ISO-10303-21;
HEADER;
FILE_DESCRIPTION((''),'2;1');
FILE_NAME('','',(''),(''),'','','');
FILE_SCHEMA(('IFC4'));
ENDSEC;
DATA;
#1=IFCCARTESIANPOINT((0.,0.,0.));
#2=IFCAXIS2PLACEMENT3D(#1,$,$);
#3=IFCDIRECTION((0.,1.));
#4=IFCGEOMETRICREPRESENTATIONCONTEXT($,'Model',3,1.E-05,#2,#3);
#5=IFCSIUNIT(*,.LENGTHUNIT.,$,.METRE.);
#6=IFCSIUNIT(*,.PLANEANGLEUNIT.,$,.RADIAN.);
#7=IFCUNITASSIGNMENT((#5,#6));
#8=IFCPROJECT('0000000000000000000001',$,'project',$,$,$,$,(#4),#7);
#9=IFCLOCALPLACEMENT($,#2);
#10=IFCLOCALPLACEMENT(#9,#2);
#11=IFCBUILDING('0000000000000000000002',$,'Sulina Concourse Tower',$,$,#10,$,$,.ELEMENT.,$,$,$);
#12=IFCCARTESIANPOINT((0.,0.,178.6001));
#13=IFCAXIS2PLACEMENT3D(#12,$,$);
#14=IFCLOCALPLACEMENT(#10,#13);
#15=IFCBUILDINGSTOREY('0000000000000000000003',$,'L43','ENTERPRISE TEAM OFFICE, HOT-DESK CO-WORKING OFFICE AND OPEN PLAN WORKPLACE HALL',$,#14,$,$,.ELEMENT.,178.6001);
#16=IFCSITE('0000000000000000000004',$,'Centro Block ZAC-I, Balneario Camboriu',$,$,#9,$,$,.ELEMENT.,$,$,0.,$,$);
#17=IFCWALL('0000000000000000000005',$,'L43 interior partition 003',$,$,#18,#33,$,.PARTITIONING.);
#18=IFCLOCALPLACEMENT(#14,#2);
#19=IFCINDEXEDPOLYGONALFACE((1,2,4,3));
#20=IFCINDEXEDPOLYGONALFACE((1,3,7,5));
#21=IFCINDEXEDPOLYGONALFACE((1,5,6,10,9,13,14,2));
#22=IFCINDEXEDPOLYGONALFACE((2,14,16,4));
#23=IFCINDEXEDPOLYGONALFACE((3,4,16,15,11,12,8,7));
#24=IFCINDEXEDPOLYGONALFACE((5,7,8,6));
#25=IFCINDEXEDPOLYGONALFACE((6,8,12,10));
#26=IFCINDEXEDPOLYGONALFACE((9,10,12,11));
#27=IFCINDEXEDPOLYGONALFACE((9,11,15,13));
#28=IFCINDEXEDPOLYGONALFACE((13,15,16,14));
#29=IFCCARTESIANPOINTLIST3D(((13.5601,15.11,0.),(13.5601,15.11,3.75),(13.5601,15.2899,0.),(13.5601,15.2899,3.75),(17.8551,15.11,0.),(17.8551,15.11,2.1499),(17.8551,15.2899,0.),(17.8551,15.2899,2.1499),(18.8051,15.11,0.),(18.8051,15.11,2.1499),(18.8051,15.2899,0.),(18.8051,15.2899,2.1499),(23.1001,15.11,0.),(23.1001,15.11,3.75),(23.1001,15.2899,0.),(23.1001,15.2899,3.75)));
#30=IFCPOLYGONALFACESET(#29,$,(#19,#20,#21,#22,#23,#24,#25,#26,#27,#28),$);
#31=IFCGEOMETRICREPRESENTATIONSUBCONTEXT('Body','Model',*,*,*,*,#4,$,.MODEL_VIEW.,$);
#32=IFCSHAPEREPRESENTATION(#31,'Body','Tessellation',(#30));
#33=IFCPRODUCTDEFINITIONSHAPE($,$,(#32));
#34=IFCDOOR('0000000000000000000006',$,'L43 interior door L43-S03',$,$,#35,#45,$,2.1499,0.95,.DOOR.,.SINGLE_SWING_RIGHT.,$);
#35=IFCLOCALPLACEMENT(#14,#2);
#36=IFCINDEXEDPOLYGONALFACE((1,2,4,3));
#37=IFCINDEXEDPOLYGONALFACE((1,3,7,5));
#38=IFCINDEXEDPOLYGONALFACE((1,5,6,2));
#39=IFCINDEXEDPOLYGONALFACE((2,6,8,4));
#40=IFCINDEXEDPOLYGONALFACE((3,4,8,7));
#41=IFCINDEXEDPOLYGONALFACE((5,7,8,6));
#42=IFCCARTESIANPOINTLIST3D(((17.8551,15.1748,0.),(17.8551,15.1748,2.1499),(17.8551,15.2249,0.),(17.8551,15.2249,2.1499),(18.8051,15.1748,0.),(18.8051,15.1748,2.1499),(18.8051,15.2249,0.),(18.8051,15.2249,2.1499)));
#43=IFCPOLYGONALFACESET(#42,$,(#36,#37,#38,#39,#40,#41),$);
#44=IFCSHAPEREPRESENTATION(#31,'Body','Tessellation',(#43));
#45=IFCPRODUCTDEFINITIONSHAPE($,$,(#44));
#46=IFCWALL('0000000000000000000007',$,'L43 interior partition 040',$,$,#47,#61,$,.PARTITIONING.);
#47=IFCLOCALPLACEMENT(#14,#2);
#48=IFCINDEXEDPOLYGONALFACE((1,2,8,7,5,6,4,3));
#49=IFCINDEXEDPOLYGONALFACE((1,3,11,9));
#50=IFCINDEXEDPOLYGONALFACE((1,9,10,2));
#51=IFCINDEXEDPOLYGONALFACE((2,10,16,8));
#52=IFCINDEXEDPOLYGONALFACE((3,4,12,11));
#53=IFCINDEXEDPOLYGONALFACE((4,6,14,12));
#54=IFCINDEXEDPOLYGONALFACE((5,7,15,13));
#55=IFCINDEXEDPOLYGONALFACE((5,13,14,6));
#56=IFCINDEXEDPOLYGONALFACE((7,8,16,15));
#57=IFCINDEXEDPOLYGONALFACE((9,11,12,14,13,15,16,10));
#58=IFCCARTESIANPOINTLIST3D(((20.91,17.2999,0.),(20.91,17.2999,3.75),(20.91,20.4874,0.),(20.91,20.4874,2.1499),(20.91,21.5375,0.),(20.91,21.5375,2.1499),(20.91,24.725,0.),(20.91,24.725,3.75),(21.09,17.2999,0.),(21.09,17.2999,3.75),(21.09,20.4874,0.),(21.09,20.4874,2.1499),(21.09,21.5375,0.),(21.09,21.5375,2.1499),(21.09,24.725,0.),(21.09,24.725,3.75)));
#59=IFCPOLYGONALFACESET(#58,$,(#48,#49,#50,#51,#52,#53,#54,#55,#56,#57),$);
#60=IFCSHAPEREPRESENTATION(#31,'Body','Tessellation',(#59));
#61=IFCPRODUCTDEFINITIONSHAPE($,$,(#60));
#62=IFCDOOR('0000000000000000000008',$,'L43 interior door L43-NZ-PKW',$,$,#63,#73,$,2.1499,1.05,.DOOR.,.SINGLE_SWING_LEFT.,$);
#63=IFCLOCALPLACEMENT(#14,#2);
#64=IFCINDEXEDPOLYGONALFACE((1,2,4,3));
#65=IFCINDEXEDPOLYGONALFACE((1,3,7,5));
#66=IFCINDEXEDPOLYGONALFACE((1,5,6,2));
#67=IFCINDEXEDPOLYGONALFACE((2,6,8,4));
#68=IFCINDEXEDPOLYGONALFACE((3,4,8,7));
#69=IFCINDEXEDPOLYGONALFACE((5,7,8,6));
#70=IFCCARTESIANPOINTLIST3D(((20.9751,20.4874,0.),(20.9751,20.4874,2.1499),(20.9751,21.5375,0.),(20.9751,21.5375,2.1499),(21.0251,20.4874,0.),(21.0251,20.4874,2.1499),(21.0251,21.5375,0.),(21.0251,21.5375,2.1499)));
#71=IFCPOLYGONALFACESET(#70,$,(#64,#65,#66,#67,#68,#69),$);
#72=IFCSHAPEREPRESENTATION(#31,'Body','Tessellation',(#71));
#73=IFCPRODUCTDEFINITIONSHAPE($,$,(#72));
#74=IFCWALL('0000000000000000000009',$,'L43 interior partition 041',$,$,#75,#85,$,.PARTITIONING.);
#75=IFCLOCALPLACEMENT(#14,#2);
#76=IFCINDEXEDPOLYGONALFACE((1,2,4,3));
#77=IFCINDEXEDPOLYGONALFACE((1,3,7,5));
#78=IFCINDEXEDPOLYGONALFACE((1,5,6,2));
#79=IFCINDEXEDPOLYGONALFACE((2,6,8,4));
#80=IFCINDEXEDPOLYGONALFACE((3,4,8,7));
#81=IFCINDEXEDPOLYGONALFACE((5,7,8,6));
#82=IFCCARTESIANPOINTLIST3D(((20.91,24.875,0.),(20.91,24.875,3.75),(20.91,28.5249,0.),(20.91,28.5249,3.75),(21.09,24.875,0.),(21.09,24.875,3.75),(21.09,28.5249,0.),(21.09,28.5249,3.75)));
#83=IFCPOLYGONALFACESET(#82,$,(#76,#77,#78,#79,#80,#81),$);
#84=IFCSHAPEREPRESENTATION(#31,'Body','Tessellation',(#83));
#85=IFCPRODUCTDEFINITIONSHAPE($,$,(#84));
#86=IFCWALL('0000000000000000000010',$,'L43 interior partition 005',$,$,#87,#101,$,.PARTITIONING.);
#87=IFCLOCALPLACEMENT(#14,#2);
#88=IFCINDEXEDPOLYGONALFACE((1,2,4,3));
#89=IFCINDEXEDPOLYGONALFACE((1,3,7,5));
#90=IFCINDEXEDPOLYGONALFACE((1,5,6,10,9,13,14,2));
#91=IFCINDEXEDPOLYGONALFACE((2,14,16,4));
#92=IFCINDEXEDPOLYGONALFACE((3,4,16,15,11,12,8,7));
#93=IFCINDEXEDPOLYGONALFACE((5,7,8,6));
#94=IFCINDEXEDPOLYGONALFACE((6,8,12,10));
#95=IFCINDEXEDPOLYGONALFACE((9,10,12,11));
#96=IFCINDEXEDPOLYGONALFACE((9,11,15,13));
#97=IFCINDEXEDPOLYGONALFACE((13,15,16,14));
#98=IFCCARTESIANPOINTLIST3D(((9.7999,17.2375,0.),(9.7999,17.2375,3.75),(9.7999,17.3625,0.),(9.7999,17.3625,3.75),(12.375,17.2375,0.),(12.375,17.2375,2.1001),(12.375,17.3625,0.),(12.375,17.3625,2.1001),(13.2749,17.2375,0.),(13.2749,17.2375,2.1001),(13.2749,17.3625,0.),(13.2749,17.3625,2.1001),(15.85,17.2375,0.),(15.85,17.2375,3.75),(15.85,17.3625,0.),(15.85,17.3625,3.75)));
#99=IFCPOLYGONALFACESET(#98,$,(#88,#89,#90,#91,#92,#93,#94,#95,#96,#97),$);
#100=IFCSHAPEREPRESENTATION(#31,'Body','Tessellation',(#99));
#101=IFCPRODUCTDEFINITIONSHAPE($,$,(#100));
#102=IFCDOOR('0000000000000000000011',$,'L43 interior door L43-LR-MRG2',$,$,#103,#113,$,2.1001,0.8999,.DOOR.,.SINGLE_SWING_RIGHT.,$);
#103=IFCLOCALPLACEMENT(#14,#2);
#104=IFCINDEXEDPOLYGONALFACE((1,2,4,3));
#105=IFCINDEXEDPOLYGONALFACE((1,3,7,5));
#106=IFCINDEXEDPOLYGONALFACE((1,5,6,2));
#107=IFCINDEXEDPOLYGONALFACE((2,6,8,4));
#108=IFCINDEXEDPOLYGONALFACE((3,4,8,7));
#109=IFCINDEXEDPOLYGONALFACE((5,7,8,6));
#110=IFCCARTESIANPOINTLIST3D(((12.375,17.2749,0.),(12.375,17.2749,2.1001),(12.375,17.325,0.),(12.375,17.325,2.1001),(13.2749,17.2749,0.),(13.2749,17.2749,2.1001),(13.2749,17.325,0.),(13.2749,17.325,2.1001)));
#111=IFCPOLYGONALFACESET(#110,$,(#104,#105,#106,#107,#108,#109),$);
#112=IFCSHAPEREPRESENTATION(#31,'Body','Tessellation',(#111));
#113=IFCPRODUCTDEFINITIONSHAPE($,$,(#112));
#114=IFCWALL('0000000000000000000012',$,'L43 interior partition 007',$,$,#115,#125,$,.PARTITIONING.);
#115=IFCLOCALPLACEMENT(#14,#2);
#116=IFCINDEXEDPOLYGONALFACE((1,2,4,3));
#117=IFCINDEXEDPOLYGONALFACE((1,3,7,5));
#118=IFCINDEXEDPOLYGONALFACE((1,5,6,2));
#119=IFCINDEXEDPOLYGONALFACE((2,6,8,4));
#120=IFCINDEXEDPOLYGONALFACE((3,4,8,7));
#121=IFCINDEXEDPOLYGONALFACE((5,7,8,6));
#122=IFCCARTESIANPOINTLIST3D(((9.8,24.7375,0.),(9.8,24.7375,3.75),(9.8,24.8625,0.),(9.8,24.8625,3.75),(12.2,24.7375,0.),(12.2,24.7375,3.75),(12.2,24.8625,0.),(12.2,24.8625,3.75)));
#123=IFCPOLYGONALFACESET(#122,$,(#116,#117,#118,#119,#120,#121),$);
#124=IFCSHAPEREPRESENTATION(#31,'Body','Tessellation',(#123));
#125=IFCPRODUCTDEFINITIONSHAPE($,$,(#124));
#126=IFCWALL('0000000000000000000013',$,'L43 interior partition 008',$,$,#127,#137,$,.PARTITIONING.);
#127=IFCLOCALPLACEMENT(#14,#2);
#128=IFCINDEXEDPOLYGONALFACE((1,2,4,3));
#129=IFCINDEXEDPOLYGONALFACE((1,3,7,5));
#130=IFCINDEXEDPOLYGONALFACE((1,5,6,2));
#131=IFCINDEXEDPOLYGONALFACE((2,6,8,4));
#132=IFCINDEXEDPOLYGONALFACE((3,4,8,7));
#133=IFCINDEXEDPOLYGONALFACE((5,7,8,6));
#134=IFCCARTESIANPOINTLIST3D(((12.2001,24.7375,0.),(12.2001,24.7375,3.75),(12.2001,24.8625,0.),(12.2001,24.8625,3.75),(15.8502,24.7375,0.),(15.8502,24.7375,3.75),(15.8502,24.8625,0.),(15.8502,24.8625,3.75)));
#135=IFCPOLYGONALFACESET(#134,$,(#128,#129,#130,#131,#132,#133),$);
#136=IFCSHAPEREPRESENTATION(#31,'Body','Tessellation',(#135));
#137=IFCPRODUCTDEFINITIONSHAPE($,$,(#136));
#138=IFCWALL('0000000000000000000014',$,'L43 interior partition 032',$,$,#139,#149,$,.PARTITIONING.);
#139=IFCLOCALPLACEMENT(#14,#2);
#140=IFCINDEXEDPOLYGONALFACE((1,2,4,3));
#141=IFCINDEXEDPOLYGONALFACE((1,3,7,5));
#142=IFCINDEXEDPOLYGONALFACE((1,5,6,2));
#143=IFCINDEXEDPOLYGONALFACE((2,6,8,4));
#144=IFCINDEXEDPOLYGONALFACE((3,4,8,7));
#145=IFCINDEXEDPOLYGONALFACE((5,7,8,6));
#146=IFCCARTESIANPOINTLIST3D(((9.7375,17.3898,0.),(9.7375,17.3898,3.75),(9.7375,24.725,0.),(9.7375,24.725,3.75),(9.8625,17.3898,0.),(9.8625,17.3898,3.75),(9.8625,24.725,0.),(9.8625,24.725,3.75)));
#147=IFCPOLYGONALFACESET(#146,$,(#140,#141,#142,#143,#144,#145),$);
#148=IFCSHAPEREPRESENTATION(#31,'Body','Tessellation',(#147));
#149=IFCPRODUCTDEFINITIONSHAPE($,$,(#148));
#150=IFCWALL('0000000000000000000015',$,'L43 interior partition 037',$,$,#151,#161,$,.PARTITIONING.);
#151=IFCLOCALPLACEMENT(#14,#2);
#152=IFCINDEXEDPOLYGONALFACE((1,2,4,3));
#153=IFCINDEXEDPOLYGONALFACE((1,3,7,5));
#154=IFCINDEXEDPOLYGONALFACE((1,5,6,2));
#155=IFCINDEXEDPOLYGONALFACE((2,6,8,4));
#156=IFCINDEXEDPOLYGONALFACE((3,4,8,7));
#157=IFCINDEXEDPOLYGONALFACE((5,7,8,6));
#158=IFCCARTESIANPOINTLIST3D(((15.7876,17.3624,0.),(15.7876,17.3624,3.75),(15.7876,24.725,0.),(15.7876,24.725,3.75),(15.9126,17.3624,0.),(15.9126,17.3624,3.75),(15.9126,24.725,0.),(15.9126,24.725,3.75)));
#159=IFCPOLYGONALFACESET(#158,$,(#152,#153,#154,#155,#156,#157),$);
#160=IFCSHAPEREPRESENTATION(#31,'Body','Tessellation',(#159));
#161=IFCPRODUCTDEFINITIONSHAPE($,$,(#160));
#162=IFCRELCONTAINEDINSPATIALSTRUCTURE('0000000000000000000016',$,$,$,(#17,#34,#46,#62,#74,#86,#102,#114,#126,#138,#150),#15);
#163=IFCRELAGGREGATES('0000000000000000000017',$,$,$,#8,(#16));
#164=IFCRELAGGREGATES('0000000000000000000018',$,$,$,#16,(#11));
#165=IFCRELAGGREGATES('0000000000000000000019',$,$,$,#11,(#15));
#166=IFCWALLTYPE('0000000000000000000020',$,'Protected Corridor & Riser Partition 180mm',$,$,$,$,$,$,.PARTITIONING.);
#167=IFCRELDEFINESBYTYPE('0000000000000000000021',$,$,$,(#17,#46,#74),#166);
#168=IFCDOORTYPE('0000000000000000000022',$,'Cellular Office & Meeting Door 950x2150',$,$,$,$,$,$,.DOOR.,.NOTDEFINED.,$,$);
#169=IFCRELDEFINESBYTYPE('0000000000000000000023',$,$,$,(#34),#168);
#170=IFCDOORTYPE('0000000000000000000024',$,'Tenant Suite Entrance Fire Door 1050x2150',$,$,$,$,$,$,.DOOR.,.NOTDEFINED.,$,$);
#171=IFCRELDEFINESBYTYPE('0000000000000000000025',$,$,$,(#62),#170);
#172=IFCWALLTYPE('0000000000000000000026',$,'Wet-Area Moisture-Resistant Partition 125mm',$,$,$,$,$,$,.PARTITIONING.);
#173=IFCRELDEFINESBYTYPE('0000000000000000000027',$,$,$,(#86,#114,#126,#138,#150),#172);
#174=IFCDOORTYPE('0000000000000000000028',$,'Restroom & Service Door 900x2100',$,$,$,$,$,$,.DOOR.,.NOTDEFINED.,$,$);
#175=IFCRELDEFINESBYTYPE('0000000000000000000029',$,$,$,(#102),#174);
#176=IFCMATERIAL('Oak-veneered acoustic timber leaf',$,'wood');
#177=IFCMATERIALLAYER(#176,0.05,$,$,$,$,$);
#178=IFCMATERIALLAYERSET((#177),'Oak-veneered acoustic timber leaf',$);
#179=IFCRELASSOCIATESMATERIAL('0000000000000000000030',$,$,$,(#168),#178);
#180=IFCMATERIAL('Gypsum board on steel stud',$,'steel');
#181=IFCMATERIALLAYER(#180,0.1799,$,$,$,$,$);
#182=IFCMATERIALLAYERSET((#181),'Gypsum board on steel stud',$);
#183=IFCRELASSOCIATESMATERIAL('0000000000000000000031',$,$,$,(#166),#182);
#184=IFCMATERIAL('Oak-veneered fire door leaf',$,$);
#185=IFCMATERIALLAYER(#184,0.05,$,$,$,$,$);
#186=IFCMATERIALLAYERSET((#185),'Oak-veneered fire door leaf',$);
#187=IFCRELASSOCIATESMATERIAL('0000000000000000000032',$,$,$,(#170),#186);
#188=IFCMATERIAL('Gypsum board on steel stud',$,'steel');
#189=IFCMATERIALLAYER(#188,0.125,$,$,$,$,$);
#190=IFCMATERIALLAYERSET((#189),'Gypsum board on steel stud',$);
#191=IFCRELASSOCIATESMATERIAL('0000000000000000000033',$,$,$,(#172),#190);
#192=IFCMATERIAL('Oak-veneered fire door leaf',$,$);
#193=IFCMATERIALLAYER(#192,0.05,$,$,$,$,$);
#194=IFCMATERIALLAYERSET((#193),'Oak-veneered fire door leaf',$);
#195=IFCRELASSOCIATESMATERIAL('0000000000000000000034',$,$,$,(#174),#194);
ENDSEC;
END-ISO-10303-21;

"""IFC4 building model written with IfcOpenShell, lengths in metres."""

from ifc_helpers import new_model, si_unit, direction, frame, frame_2d, origin, place, context, subcontext, project, spatial, rectangle, extrude, material, layer, layer_set, type_object, element, fill, save


model = new_model("IFC4")

# Units and contexts
model_context = context("Model", 3, precision=1e-05, world=origin(), true_north=direction((0.0, 1.0)))
body_context = subcontext(model_context, "Body", "Model", "MODEL_VIEW")
ifc_project = project(units=[si_unit("LENGTHUNIT", "METRE"), si_unit("PLANEANGLEUNIT", "RADIAN")], contexts=[model_context])

# Site, building, storey
site_placement = place(None, origin())
site = spatial("IfcSite", under=ifc_project, at=site_placement, Name="Centro Block ZAC-I, Balneario Camboriu", CompositionType="ELEMENT", RefElevation=0.0)
building_placement = place(site_placement, origin())
building = spatial("IfcBuilding", under=site, at=building_placement, Name="Sulina Concourse Tower", CompositionType="ELEMENT")
storey_placement = place(building_placement, frame((0.0, 0.0, 178.6001)))
storey = spatial("IfcBuildingStorey", under=building, at=storey_placement, Name="L43", Description="ENTERPRISE TEAM OFFICE, HOT-DESK CO-WORKING OFFICE AND OPEN PLAN WORKPLACE HALL", CompositionType="ELEMENT", Elevation=178.6001)

# Walls, openings, doors
ifc_material_1 = material(Name="Oak-veneered acoustic timber leaf", Category="wood")
ifc_layer_1 = layer(ifc_material_1, 0.05)
ifc_layer_set_1 = layer_set([ifc_layer_1], Name="Oak-veneered acoustic timber leaf")
door_type_1 = type_object("IfcDoorType", Name="Cellular Office & Meeting Door 950x2150", OperationType="NOTDEFINED", PredefinedType="DOOR", material=ifc_layer_set_1)
ifc_material_2 = material(Name="Gypsum board on steel stud", Category="steel")
ifc_layer_2 = layer(ifc_material_2, 0.1799)
ifc_layer_set_2 = layer_set([ifc_layer_2], Name="Gypsum board on steel stud")
wall_type_1 = type_object("IfcWallType", Name="Protected Corridor & Riser Partition 180mm", PredefinedType="PARTITIONING", material=ifc_layer_set_2)
wall_1_placement = place(storey_placement, frame((13.5601, 15.2, 0.0), z_axis=(0.0, 0.0, 1.0), x_axis=(1.0, 0.0, 0.0)))
wall_1 = element("IfcWall", 1, at=wall_1_placement, inside=storey, type_object=wall_type_1, Name="L43 interior partition 003", PredefinedType="PARTITIONING", context=body_context, shape_type="SweptSolid", body=[
    extrude(rectangle(XDim=9.54, YDim=0.1799, at=frame_2d((4.77, 0.0))), origin(), (0.0, 0.0, 1.0), 3.75),
])
opening_1_placement = place(wall_1_placement, frame((4.2949, 0.0, 0.0)))
opening_1 = element("IfcOpeningElement", 2, at=opening_1_placement, cuts=wall_1, PredefinedType="OPENING", context=body_context, shape_type="SweptSolid", body=[
    extrude(rectangle(XDim=0.95, YDim=2.1499, at=frame_2d((0.4751, 1.075))), frame((0.0, 0.0999, 0.0), z_axis=(0.0, -1.0, 0.0), x_axis=(1.0, 0.0, 0.0)), (0.0, 0.0, 1.0), 0.2),
])
door_1_placement = place(opening_1_placement, origin())
door_1 = element("IfcDoor", 3, at=door_1_placement, inside=storey, type_object=door_type_1, Name="L43 interior door L43-S03", OperationType="SINGLE_SWING_RIGHT", OverallHeight=2.1499, OverallWidth=0.95, PredefinedType="DOOR", context=body_context, shape_type="SweptSolid", body=[
    extrude(rectangle(XDim=0.95, YDim=2.1499, at=frame_2d((0.4751, 1.075))), frame((0.0, 0.0249, 0.0), z_axis=(0.0, -1.0, 0.0), x_axis=(1.0, 0.0, 0.0)), (0.0, 0.0, 1.0), 0.05),
])
fill(opening_1, door_1)
wall_2_placement = place(storey_placement, frame((21.0, 17.3, 0.0), z_axis=(0.0, 0.0, 1.0), x_axis=(0.0, 1.0, 0.0)))
wall_2 = element("IfcWall", 4, at=wall_2_placement, inside=storey, type_object=wall_type_1, Name="L43 interior partition 040", PredefinedType="PARTITIONING", context=body_context, shape_type="SweptSolid", body=[
    extrude(rectangle(XDim=7.425, YDim=0.1799, at=frame_2d((3.7124, 0.0))), origin(), (0.0, 0.0, 1.0), 3.75),
])
opening_2_placement = place(wall_2_placement, frame((3.1875, 0.0, 0.0)))
opening_2 = element("IfcOpeningElement", 5, at=opening_2_placement, cuts=wall_2, PredefinedType="OPENING", context=body_context, shape_type="SweptSolid", body=[
    extrude(rectangle(XDim=1.05, YDim=2.1499, at=frame_2d((0.5249, 1.075))), frame((0.0, 0.0999, 0.0), z_axis=(0.0, -1.0, 0.0), x_axis=(1.0, 0.0, 0.0)), (0.0, 0.0, 1.0), 0.2),
])
ifc_material_3 = material(Name="Oak-veneered fire door leaf")
ifc_layer_3 = layer(ifc_material_3, 0.05)
ifc_layer_set_3 = layer_set([ifc_layer_3], Name="Oak-veneered fire door leaf")
door_type_2 = type_object("IfcDoorType", Name="Tenant Suite Entrance Fire Door 1050x2150", OperationType="NOTDEFINED", PredefinedType="DOOR", material=ifc_layer_set_3)
door_2_placement = place(opening_2_placement, origin())
door_2 = element("IfcDoor", 6, at=door_2_placement, inside=storey, type_object=door_type_2, Name="L43 interior door L43-NZ-PKW", OperationType="SINGLE_SWING_LEFT", OverallHeight=2.1499, OverallWidth=1.05, PredefinedType="DOOR", context=body_context, shape_type="SweptSolid", body=[
    extrude(rectangle(XDim=1.05, YDim=2.1499, at=frame_2d((0.5249, 1.075))), frame((0.0, 0.0249, 0.0), z_axis=(0.0, -1.0, 0.0), x_axis=(1.0, 0.0, 0.0)), (0.0, 0.0, 1.0), 0.05),
])
fill(opening_2, door_2)

# Wall
wall_3_placement = place(storey_placement, frame((21.0, 24.875, 0.0), z_axis=(0.0, 0.0, 1.0), x_axis=(0.0, 1.0, 0.0)))
element("IfcWall", 7, at=wall_3_placement, inside=storey, type_object=wall_type_1, Name="L43 interior partition 041", PredefinedType="PARTITIONING", context=body_context, shape_type="SweptSolid", body=[
    extrude(rectangle(XDim=3.6499, YDim=0.1799, at=frame_2d((1.825, 0.0))), origin(), (0.0, 0.0, 1.0), 3.75),
])

# Wall, opening, door
ifc_material_4 = material(Name="Gypsum board on steel stud", Category="steel")
ifc_layer_4 = layer(ifc_material_4, 0.125)
ifc_layer_set_4 = layer_set([ifc_layer_4], Name="Gypsum board on steel stud")
wall_type_2 = type_object("IfcWallType", Name="Wet-Area Moisture-Resistant Partition 125mm", PredefinedType="PARTITIONING", material=ifc_layer_set_4)
wall_4_placement = place(storey_placement, frame((9.8, 17.3, 0.0), z_axis=(0.0, 0.0, 1.0), x_axis=(1.0, 0.0, 0.0)))
wall_4 = element("IfcWall", 8, at=wall_4_placement, inside=storey, type_object=wall_type_2, Name="L43 interior partition 005", PredefinedType="PARTITIONING", context=body_context, shape_type="SweptSolid", body=[
    extrude(rectangle(XDim=6.05, YDim=0.125, at=frame_2d((3.0249, 0.0))), origin(), (0.0, 0.0, 1.0), 3.75),
])
opening_3_placement = place(wall_4_placement, frame((2.575, 0.0, 0.0)))
opening_3 = element("IfcOpeningElement", 9, at=opening_3_placement, cuts=wall_4, PredefinedType="OPENING", context=body_context, shape_type="SweptSolid", body=[
    extrude(rectangle(XDim=0.8999, YDim=2.1001, at=frame_2d((0.45, 1.05))), frame((0.0, 0.0725, 0.0), z_axis=(0.0, -1.0, 0.0), x_axis=(1.0, 0.0, 0.0)), (0.0, 0.0, 1.0), 0.145),
])
ifc_material_5 = material(Name="Oak-veneered fire door leaf")
ifc_layer_5 = layer(ifc_material_5, 0.05)
ifc_layer_set_5 = layer_set([ifc_layer_5], Name="Oak-veneered fire door leaf")
door_type_3 = type_object("IfcDoorType", Name="Restroom & Service Door 900x2100", OperationType="NOTDEFINED", PredefinedType="DOOR", material=ifc_layer_set_5)
door_3_placement = place(opening_3_placement, origin())
door_3 = element("IfcDoor", 10, at=door_3_placement, inside=storey, type_object=door_type_3, Name="L43 interior door L43-LR-MRG2", OperationType="SINGLE_SWING_RIGHT", OverallHeight=2.1001, OverallWidth=0.8999, PredefinedType="DOOR", context=body_context, shape_type="SweptSolid", body=[
    extrude(rectangle(XDim=0.8999, YDim=2.1001, at=frame_2d((0.45, 1.05))), frame((0.0, 0.0249, 0.0), z_axis=(0.0, -1.0, 0.0), x_axis=(1.0, 0.0, 0.0)), (0.0, 0.0, 1.0), 0.05),
])
fill(opening_3, door_3)

# Walls
wall_5_placement = place(storey_placement, frame((9.8, 24.8, 0.0), z_axis=(0.0, 0.0, 1.0), x_axis=(1.0, 0.0, 0.0)))
element("IfcWall", 11, at=wall_5_placement, inside=storey, type_object=wall_type_2, Name="L43 interior partition 007", PredefinedType="PARTITIONING", context=body_context, shape_type="SweptSolid", body=[
    extrude(rectangle(XDim=2.3999, YDim=0.125, at=frame_2d((1.2, 0.0))), origin(), (0.0, 0.0, 1.0), 3.75),
])
wall_6_placement = place(storey_placement, frame((12.2, 24.8, 0.0), z_axis=(0.0, 0.0, 1.0), x_axis=(1.0, 0.0, 0.0)))
element("IfcWall", 12, at=wall_6_placement, inside=storey, type_object=wall_type_2, Name="L43 interior partition 008", PredefinedType="PARTITIONING", context=body_context, shape_type="SweptSolid", body=[
    extrude(rectangle(XDim=3.6501, YDim=0.125, at=frame_2d((1.8252, 0.0))), origin(), (0.0, 0.0, 1.0), 3.75),
])
wall_7_placement = place(storey_placement, frame((9.8, 17.3899, 0.0), z_axis=(0.0, 0.0, 1.0), x_axis=(0.0, 1.0, 0.0)))
element("IfcWall", 13, at=wall_7_placement, inside=storey, type_object=wall_type_2, Name="L43 interior partition 032", PredefinedType="PARTITIONING", context=body_context, shape_type="SweptSolid", body=[
    extrude(rectangle(XDim=7.3352, YDim=0.125, at=frame_2d((3.6675, 0.0))), origin(), (0.0, 0.0, 1.0), 3.75),
])
wall_8_placement = place(storey_placement, frame((15.8501, 17.3625, 0.0), z_axis=(0.0, 0.0, 1.0), x_axis=(0.0, 1.0, 0.0)))
element("IfcWall", 14, at=wall_8_placement, inside=storey, type_object=wall_type_2, Name="L43 interior partition 037", PredefinedType="PARTITIONING", context=body_context, shape_type="SweptSolid", body=[
    extrude(rectangle(XDim=7.3625, YDim=0.125, at=frame_2d((3.6812, 0.0))), origin(), (0.0, 0.0, 1.0), 3.75),
])

save(model, "model.ifc")
